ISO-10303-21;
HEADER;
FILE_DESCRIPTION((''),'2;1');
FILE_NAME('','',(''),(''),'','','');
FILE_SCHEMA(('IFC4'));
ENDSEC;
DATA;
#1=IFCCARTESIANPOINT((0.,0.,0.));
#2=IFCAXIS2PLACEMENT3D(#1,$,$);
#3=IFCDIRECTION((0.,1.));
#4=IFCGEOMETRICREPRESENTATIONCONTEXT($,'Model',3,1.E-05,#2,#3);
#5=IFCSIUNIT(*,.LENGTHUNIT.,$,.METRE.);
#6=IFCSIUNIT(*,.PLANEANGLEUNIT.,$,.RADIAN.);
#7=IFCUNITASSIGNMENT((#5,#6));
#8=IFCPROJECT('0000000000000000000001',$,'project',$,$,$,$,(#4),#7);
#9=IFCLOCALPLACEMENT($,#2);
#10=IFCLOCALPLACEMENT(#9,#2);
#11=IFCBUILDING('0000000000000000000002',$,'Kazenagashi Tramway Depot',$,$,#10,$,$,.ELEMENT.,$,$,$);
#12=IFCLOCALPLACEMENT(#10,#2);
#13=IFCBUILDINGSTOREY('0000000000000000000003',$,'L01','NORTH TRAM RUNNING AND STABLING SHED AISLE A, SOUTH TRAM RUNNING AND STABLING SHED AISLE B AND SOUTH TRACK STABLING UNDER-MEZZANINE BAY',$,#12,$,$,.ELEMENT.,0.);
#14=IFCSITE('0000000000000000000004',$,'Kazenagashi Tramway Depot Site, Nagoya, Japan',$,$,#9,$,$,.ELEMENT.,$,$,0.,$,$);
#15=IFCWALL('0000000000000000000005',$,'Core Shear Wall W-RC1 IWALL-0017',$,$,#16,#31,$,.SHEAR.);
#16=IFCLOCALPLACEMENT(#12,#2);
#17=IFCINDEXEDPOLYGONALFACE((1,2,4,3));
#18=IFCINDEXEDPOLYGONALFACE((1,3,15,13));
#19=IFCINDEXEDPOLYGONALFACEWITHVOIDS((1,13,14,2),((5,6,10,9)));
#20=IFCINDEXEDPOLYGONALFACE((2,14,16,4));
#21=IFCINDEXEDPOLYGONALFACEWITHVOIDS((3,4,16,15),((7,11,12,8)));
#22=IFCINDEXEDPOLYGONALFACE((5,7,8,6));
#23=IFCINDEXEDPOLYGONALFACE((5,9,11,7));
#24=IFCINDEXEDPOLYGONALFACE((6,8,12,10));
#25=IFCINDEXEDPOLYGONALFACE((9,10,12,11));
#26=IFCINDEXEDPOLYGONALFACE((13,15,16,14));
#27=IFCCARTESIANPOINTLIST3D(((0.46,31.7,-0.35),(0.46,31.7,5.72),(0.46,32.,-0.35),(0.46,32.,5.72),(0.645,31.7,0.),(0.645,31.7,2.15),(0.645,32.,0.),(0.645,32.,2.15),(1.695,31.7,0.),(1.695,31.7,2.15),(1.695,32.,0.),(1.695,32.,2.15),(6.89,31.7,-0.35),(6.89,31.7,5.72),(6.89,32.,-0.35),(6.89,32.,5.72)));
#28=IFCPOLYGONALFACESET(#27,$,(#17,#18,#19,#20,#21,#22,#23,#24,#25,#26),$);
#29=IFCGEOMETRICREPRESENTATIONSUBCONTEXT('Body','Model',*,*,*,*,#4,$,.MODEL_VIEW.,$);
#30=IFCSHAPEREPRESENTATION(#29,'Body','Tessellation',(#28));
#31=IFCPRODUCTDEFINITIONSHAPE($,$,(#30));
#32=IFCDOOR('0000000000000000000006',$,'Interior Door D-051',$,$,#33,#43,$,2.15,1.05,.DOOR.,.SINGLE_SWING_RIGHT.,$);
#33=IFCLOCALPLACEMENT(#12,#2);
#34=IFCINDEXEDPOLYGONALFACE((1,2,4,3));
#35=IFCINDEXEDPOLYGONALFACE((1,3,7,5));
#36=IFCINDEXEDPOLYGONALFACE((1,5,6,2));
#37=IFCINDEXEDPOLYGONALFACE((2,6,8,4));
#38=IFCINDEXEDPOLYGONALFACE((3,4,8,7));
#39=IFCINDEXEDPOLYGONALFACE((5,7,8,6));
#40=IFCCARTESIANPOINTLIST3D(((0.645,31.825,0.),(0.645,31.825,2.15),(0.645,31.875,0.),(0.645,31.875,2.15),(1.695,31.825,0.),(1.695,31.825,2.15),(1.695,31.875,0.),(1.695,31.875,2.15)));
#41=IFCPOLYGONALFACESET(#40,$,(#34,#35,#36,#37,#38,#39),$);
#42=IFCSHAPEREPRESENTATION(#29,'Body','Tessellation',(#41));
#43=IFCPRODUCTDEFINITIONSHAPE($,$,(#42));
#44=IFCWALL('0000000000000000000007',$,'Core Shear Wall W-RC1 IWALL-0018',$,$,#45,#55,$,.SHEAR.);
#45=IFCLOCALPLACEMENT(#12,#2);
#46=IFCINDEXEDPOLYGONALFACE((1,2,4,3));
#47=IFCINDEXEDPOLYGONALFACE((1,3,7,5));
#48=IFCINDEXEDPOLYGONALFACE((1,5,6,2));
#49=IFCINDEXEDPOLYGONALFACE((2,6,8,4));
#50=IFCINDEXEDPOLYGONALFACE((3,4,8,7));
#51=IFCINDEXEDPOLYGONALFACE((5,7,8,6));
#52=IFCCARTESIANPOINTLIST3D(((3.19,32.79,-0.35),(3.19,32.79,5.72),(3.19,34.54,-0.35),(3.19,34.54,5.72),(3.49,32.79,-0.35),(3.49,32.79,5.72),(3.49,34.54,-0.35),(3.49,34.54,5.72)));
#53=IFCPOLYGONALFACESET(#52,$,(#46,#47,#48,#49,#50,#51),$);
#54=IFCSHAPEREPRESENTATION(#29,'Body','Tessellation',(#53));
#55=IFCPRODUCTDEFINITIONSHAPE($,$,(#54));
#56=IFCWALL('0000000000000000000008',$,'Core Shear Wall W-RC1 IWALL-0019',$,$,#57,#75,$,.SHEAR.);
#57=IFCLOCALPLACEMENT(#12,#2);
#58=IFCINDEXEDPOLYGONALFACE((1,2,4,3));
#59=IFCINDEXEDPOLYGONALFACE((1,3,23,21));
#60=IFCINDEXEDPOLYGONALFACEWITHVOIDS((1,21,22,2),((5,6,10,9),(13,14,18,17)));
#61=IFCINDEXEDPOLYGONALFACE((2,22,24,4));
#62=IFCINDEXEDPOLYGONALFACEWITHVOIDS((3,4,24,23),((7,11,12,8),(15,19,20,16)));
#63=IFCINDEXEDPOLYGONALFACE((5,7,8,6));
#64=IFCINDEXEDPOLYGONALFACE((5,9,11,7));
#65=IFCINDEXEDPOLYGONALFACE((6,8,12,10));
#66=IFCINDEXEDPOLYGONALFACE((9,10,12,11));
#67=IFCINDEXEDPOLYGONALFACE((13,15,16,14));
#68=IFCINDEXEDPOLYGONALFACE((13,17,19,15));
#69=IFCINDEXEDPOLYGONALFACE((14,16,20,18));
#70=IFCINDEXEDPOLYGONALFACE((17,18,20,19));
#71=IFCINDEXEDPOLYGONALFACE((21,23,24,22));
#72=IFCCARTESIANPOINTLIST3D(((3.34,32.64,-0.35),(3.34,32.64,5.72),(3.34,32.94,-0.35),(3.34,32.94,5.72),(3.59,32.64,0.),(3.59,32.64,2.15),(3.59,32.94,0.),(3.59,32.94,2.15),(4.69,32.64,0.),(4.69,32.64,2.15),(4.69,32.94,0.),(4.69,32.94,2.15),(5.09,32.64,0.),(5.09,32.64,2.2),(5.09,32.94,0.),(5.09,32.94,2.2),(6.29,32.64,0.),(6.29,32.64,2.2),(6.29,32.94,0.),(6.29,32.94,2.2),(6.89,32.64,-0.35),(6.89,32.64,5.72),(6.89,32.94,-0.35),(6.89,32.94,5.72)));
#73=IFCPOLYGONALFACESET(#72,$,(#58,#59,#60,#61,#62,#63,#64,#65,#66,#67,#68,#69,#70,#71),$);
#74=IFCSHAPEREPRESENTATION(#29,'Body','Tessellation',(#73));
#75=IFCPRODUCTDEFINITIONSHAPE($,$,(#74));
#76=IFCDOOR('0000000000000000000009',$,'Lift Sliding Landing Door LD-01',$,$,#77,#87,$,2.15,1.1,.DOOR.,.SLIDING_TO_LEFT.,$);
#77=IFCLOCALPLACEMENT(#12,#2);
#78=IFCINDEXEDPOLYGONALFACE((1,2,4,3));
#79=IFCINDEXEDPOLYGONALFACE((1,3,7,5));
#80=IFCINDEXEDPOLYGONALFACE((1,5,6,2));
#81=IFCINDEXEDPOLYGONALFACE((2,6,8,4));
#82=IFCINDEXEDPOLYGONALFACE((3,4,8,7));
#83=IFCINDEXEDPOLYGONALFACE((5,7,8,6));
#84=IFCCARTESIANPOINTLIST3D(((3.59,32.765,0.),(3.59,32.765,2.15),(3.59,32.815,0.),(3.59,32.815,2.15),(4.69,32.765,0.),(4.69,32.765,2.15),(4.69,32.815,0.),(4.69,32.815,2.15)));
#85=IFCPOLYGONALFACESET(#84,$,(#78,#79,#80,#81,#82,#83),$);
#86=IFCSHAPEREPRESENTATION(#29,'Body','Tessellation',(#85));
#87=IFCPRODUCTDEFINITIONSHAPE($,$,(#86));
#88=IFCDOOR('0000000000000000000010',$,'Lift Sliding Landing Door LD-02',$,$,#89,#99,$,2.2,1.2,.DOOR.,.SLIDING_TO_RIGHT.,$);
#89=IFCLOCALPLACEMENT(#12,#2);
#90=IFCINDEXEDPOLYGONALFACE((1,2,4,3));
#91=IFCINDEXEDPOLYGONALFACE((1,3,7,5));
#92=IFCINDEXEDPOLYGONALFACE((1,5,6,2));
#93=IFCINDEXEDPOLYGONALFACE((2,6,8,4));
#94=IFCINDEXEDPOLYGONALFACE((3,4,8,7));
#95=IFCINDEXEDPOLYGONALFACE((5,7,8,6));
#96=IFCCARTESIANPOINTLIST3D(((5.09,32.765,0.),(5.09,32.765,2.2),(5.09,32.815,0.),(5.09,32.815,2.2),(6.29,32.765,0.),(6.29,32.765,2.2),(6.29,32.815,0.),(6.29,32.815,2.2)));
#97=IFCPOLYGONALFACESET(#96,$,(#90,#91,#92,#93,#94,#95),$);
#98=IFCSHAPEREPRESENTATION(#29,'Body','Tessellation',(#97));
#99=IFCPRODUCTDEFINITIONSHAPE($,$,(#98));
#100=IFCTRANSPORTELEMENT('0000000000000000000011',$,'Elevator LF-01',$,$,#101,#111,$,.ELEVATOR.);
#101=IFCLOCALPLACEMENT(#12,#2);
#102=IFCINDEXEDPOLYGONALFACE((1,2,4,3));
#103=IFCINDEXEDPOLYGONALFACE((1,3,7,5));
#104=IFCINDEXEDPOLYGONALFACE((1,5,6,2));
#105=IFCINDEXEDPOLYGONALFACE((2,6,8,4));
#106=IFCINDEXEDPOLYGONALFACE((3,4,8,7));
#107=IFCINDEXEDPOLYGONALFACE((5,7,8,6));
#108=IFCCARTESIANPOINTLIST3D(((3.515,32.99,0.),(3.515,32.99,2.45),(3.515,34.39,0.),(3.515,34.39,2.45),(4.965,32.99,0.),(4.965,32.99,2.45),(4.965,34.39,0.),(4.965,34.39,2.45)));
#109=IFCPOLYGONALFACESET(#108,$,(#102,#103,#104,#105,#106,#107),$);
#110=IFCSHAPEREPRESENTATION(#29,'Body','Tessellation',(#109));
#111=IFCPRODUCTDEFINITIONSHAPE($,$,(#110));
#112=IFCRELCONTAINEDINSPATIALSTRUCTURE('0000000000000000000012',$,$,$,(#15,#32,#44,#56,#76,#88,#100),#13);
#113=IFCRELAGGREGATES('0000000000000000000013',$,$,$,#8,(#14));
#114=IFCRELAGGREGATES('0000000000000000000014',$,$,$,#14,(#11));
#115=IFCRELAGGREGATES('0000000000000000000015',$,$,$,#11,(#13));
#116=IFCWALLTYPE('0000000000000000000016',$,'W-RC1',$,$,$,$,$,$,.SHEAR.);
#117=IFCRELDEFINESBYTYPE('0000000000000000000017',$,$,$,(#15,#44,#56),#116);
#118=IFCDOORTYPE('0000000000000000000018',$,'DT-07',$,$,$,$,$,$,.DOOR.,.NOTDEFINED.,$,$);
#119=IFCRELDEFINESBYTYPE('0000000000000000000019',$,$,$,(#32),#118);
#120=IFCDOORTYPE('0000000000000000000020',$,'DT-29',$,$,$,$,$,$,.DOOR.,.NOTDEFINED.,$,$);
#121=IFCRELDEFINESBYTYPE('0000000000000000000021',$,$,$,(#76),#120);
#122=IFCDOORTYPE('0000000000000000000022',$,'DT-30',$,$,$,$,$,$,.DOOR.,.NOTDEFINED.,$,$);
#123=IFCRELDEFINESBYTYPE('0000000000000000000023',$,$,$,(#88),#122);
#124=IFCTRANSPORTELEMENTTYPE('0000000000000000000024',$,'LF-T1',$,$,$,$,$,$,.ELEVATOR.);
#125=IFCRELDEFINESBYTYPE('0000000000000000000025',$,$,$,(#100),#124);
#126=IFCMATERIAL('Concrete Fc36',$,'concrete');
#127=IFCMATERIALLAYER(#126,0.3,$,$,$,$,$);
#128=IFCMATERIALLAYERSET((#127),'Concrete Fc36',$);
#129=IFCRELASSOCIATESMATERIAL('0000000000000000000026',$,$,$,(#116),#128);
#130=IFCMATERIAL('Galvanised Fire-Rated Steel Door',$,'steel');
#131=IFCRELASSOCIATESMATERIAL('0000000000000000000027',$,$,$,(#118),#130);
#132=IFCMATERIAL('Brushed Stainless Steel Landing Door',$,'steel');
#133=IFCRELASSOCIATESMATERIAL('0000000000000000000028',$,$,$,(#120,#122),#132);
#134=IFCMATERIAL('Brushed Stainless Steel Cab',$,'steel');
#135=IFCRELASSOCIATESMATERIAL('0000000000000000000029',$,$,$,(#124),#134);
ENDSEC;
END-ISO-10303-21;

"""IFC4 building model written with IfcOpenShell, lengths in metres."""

from ifc_helpers import new_model, si_unit, direction, frame, frame_2d, origin, origin_2d, place, context, subcontext, project, spatial, rectangle, extrude, material, layer, layer_set, type_object, element, fill, save


model = new_model("IFC4")

# Units and contexts
model_context = context("Model", 3, precision=1e-05, world=origin(), true_north=direction((0.0, 1.0)))
body_context = subcontext(model_context, "Body", "Model", "MODEL_VIEW")
ifc_project = project(units=[si_unit("LENGTHUNIT", "METRE"), si_unit("PLANEANGLEUNIT", "RADIAN")], contexts=[model_context])

# Site, building, storey
site_placement = place(None, origin())
site = spatial("IfcSite", under=ifc_project, at=site_placement, Name="Kazenagashi Tramway Depot Site, Nagoya, Japan", CompositionType="ELEMENT", RefElevation=0.0)
building_placement = place(site_placement, origin())
building = spatial("IfcBuilding", under=site, at=building_placement, Name="Kazenagashi Tramway Depot", CompositionType="ELEMENT")
storey_placement = place(building_placement, origin())
storey = spatial("IfcBuildingStorey", under=building, at=storey_placement, Name="L01", Description="NORTH TRAM RUNNING AND STABLING SHED AISLE A, SOUTH TRAM RUNNING AND STABLING SHED AISLE B AND SOUTH TRACK STABLING UNDER-MEZZANINE BAY", CompositionType="ELEMENT", Elevation=0.0)

# Wall, opening, door
ifc_material_1 = material(Name="Concrete Fc36", Category="concrete")
ifc_layer_1 = layer(ifc_material_1, 0.3)
ifc_layer_set_1 = layer_set([ifc_layer_1], Name="Concrete Fc36")
wall_type_1 = type_object("IfcWallType", Name="W-RC1", PredefinedType="SHEAR", material=ifc_layer_set_1)
ifc_material_2 = material(Name="Galvanised Fire-Rated Steel Door", Category="steel")
wall_1_placement = place(storey_placement, frame((0.46, 31.85, -0.35), z_axis=(0.0, 0.0, 1.0), x_axis=(1.0, 0.0, 0.0)))
wall_1 = element("IfcWall", 1, at=wall_1_placement, inside=storey, type_object=wall_type_1, Name="Core Shear Wall W-RC1 IWALL-0017", PredefinedType="SHEAR", context=body_context, shape_type="SweptSolid", body=[
    extrude(rectangle(XDim=6.43, YDim=0.3, at=frame_2d((3.215, 0.0))), origin(), (0.0, 0.0, 1.0), 6.07),
])
opening_1_placement = place(wall_1_placement, frame((0.185, 0.0, 0.35)))
opening_1 = element("IfcOpeningElement", 2, at=opening_1_placement, cuts=wall_1, PredefinedType="OPENING", context=body_context, shape_type="SweptSolid", body=[
    extrude(rectangle(XDim=1.05, YDim=2.15, at=frame_2d((0.525, 1.075))), frame((0.0, 0.16, 0.0), z_axis=(0.0, -1.0, 0.0), x_axis=(1.0, 0.0, 0.0)), (0.0, 0.0, 1.0), 0.32),
])
door_type_1 = type_object("IfcDoorType", Name="DT-07", OperationType="NOTDEFINED", PredefinedType="DOOR", material=ifc_material_2)
door_1_placement = place(opening_1_placement, origin())
door_1 = element("IfcDoor", 3, at=door_1_placement, inside=storey, type_object=door_type_1, Name="Interior Door D-051", OperationType="SINGLE_SWING_RIGHT", OverallHeight=2.15, OverallWidth=1.05, PredefinedType="DOOR", context=body_context, shape_type="SweptSolid", body=[
    extrude(rectangle(XDim=1.05, YDim=2.15, at=frame_2d((0.525, 1.075))), frame((0.0, 0.025, 0.0), z_axis=(0.0, -1.0, 0.0), x_axis=(1.0, 0.0, 0.0)), (0.0, 0.0, 1.0), 0.05),
])
fill(opening_1, door_1)

# Wall
wall_2_placement = place(storey_placement, frame((3.34, 32.79, -0.35), z_axis=(0.0, 0.0, 1.0), x_axis=(0.0, 1.0, 0.0)))
element("IfcWall", 4, at=wall_2_placement, inside=storey, type_object=wall_type_1, Name="Core Shear Wall W-RC1 IWALL-0018", PredefinedType="SHEAR", context=body_context, shape_type="SweptSolid", body=[
    extrude(rectangle(XDim=1.75, YDim=0.3, at=frame_2d((0.875, 0.0))), origin(), (0.0, 0.0, 1.0), 6.07),
])

# Wall, openings, doors
wall_3_placement = place(storey_placement, frame((3.34, 32.79, -0.35), z_axis=(0.0, 0.0, 1.0), x_axis=(1.0, 0.0, 0.0)))
wall_3 = element("IfcWall", 5, at=wall_3_placement, inside=storey, type_object=wall_type_1, Name="Core Shear Wall W-RC1 IWALL-0019", PredefinedType="SHEAR", context=body_context, shape_type="SweptSolid", body=[
    extrude(rectangle(XDim=3.55, YDim=0.3, at=frame_2d((1.775, 0.0))), origin(), (0.0, 0.0, 1.0), 6.07),
])
opening_2_placement = place(wall_3_placement, frame((0.25, 0.0, 0.35)))
opening_2 = element("IfcOpeningElement", 6, at=opening_2_placement, cuts=wall_3, PredefinedType="OPENING", context=body_context, shape_type="SweptSolid", body=[
    extrude(rectangle(XDim=1.1, YDim=2.15, at=frame_2d((0.55, 1.075))), frame((0.0, 0.16, 0.0), z_axis=(0.0, -1.0, 0.0), x_axis=(1.0, 0.0, 0.0)), (0.0, 0.0, 1.0), 0.32),
])
opening_3_placement = place(wall_3_placement, frame((1.75, 0.0, 0.35)))
opening_3 = element("IfcOpeningElement", 7, at=opening_3_placement, cuts=wall_3, PredefinedType="OPENING", context=body_context, shape_type="SweptSolid", body=[
    extrude(rectangle(XDim=1.2, YDim=2.2, at=frame_2d((0.6, 1.1))), frame((0.0, 0.16, 0.0), z_axis=(0.0, -1.0, 0.0), x_axis=(1.0, 0.0, 0.0)), (0.0, 0.0, 1.0), 0.32),
])
ifc_material_3 = material(Name="Brushed Stainless Steel Landing Door", Category="steel")
door_type_2 = type_object("IfcDoorType", Name="DT-29", OperationType="NOTDEFINED", PredefinedType="DOOR", material=ifc_material_3)
door_2_placement = place(opening_2_placement, origin())
door_2 = element("IfcDoor", 8, at=door_2_placement, inside=storey, type_object=door_type_2, Name="Lift Sliding Landing Door LD-01", OperationType="SLIDING_TO_LEFT", OverallHeight=2.15, OverallWidth=1.1, PredefinedType="DOOR", context=body_context, shape_type="SweptSolid", body=[
    extrude(rectangle(XDim=1.1, YDim=2.15, at=frame_2d((0.55, 1.075))), frame((0.0, 0.025, 0.0), z_axis=(0.0, -1.0, 0.0), x_axis=(1.0, 0.0, 0.0)), (0.0, 0.0, 1.0), 0.05),
])
fill(opening_2, door_2)
door_type_3 = type_object("IfcDoorType", Name="DT-30", OperationType="NOTDEFINED", PredefinedType="DOOR", material=ifc_material_3)
door_3_placement = place(opening_3_placement, origin())
door_3 = element("IfcDoor", 9, at=door_3_placement, inside=storey, type_object=door_type_3, Name="Lift Sliding Landing Door LD-02", OperationType="SLIDING_TO_RIGHT", OverallHeight=2.2, OverallWidth=1.2, PredefinedType="DOOR", context=body_context, shape_type="SweptSolid", body=[
    extrude(rectangle(XDim=1.2, YDim=2.2, at=frame_2d((0.6, 1.1))), frame((0.0, 0.025, 0.0), z_axis=(0.0, -1.0, 0.0), x_axis=(1.0, 0.0, 0.0)), (0.0, 0.0, 1.0), 0.05),
])
fill(opening_3, door_3)

# Transport element
ifc_material_4 = material(Name="Brushed Stainless Steel Cab", Category="steel")
transport_element_type = type_object("IfcTransportElementType", Name="LF-T1", PredefinedType="ELEVATOR", material=ifc_material_4)
transport_element_placement = place(storey_placement, frame((4.24, 33.69, 0.0), z_axis=(0.0, 0.0, 1.0), x_axis=(1.0, 0.0, 0.0)))
element("IfcTransportElement", 10, at=transport_element_placement, inside=storey, type_object=transport_element_type, Name="Elevator LF-01", PredefinedType="ELEVATOR", context=body_context, shape_type="SweptSolid", body=[
    extrude(rectangle(XDim=1.45, YDim=1.4, at=origin_2d()), origin(), (0.0, 0.0, 1.0), 2.45),
])

save(model, "model.ifc")
